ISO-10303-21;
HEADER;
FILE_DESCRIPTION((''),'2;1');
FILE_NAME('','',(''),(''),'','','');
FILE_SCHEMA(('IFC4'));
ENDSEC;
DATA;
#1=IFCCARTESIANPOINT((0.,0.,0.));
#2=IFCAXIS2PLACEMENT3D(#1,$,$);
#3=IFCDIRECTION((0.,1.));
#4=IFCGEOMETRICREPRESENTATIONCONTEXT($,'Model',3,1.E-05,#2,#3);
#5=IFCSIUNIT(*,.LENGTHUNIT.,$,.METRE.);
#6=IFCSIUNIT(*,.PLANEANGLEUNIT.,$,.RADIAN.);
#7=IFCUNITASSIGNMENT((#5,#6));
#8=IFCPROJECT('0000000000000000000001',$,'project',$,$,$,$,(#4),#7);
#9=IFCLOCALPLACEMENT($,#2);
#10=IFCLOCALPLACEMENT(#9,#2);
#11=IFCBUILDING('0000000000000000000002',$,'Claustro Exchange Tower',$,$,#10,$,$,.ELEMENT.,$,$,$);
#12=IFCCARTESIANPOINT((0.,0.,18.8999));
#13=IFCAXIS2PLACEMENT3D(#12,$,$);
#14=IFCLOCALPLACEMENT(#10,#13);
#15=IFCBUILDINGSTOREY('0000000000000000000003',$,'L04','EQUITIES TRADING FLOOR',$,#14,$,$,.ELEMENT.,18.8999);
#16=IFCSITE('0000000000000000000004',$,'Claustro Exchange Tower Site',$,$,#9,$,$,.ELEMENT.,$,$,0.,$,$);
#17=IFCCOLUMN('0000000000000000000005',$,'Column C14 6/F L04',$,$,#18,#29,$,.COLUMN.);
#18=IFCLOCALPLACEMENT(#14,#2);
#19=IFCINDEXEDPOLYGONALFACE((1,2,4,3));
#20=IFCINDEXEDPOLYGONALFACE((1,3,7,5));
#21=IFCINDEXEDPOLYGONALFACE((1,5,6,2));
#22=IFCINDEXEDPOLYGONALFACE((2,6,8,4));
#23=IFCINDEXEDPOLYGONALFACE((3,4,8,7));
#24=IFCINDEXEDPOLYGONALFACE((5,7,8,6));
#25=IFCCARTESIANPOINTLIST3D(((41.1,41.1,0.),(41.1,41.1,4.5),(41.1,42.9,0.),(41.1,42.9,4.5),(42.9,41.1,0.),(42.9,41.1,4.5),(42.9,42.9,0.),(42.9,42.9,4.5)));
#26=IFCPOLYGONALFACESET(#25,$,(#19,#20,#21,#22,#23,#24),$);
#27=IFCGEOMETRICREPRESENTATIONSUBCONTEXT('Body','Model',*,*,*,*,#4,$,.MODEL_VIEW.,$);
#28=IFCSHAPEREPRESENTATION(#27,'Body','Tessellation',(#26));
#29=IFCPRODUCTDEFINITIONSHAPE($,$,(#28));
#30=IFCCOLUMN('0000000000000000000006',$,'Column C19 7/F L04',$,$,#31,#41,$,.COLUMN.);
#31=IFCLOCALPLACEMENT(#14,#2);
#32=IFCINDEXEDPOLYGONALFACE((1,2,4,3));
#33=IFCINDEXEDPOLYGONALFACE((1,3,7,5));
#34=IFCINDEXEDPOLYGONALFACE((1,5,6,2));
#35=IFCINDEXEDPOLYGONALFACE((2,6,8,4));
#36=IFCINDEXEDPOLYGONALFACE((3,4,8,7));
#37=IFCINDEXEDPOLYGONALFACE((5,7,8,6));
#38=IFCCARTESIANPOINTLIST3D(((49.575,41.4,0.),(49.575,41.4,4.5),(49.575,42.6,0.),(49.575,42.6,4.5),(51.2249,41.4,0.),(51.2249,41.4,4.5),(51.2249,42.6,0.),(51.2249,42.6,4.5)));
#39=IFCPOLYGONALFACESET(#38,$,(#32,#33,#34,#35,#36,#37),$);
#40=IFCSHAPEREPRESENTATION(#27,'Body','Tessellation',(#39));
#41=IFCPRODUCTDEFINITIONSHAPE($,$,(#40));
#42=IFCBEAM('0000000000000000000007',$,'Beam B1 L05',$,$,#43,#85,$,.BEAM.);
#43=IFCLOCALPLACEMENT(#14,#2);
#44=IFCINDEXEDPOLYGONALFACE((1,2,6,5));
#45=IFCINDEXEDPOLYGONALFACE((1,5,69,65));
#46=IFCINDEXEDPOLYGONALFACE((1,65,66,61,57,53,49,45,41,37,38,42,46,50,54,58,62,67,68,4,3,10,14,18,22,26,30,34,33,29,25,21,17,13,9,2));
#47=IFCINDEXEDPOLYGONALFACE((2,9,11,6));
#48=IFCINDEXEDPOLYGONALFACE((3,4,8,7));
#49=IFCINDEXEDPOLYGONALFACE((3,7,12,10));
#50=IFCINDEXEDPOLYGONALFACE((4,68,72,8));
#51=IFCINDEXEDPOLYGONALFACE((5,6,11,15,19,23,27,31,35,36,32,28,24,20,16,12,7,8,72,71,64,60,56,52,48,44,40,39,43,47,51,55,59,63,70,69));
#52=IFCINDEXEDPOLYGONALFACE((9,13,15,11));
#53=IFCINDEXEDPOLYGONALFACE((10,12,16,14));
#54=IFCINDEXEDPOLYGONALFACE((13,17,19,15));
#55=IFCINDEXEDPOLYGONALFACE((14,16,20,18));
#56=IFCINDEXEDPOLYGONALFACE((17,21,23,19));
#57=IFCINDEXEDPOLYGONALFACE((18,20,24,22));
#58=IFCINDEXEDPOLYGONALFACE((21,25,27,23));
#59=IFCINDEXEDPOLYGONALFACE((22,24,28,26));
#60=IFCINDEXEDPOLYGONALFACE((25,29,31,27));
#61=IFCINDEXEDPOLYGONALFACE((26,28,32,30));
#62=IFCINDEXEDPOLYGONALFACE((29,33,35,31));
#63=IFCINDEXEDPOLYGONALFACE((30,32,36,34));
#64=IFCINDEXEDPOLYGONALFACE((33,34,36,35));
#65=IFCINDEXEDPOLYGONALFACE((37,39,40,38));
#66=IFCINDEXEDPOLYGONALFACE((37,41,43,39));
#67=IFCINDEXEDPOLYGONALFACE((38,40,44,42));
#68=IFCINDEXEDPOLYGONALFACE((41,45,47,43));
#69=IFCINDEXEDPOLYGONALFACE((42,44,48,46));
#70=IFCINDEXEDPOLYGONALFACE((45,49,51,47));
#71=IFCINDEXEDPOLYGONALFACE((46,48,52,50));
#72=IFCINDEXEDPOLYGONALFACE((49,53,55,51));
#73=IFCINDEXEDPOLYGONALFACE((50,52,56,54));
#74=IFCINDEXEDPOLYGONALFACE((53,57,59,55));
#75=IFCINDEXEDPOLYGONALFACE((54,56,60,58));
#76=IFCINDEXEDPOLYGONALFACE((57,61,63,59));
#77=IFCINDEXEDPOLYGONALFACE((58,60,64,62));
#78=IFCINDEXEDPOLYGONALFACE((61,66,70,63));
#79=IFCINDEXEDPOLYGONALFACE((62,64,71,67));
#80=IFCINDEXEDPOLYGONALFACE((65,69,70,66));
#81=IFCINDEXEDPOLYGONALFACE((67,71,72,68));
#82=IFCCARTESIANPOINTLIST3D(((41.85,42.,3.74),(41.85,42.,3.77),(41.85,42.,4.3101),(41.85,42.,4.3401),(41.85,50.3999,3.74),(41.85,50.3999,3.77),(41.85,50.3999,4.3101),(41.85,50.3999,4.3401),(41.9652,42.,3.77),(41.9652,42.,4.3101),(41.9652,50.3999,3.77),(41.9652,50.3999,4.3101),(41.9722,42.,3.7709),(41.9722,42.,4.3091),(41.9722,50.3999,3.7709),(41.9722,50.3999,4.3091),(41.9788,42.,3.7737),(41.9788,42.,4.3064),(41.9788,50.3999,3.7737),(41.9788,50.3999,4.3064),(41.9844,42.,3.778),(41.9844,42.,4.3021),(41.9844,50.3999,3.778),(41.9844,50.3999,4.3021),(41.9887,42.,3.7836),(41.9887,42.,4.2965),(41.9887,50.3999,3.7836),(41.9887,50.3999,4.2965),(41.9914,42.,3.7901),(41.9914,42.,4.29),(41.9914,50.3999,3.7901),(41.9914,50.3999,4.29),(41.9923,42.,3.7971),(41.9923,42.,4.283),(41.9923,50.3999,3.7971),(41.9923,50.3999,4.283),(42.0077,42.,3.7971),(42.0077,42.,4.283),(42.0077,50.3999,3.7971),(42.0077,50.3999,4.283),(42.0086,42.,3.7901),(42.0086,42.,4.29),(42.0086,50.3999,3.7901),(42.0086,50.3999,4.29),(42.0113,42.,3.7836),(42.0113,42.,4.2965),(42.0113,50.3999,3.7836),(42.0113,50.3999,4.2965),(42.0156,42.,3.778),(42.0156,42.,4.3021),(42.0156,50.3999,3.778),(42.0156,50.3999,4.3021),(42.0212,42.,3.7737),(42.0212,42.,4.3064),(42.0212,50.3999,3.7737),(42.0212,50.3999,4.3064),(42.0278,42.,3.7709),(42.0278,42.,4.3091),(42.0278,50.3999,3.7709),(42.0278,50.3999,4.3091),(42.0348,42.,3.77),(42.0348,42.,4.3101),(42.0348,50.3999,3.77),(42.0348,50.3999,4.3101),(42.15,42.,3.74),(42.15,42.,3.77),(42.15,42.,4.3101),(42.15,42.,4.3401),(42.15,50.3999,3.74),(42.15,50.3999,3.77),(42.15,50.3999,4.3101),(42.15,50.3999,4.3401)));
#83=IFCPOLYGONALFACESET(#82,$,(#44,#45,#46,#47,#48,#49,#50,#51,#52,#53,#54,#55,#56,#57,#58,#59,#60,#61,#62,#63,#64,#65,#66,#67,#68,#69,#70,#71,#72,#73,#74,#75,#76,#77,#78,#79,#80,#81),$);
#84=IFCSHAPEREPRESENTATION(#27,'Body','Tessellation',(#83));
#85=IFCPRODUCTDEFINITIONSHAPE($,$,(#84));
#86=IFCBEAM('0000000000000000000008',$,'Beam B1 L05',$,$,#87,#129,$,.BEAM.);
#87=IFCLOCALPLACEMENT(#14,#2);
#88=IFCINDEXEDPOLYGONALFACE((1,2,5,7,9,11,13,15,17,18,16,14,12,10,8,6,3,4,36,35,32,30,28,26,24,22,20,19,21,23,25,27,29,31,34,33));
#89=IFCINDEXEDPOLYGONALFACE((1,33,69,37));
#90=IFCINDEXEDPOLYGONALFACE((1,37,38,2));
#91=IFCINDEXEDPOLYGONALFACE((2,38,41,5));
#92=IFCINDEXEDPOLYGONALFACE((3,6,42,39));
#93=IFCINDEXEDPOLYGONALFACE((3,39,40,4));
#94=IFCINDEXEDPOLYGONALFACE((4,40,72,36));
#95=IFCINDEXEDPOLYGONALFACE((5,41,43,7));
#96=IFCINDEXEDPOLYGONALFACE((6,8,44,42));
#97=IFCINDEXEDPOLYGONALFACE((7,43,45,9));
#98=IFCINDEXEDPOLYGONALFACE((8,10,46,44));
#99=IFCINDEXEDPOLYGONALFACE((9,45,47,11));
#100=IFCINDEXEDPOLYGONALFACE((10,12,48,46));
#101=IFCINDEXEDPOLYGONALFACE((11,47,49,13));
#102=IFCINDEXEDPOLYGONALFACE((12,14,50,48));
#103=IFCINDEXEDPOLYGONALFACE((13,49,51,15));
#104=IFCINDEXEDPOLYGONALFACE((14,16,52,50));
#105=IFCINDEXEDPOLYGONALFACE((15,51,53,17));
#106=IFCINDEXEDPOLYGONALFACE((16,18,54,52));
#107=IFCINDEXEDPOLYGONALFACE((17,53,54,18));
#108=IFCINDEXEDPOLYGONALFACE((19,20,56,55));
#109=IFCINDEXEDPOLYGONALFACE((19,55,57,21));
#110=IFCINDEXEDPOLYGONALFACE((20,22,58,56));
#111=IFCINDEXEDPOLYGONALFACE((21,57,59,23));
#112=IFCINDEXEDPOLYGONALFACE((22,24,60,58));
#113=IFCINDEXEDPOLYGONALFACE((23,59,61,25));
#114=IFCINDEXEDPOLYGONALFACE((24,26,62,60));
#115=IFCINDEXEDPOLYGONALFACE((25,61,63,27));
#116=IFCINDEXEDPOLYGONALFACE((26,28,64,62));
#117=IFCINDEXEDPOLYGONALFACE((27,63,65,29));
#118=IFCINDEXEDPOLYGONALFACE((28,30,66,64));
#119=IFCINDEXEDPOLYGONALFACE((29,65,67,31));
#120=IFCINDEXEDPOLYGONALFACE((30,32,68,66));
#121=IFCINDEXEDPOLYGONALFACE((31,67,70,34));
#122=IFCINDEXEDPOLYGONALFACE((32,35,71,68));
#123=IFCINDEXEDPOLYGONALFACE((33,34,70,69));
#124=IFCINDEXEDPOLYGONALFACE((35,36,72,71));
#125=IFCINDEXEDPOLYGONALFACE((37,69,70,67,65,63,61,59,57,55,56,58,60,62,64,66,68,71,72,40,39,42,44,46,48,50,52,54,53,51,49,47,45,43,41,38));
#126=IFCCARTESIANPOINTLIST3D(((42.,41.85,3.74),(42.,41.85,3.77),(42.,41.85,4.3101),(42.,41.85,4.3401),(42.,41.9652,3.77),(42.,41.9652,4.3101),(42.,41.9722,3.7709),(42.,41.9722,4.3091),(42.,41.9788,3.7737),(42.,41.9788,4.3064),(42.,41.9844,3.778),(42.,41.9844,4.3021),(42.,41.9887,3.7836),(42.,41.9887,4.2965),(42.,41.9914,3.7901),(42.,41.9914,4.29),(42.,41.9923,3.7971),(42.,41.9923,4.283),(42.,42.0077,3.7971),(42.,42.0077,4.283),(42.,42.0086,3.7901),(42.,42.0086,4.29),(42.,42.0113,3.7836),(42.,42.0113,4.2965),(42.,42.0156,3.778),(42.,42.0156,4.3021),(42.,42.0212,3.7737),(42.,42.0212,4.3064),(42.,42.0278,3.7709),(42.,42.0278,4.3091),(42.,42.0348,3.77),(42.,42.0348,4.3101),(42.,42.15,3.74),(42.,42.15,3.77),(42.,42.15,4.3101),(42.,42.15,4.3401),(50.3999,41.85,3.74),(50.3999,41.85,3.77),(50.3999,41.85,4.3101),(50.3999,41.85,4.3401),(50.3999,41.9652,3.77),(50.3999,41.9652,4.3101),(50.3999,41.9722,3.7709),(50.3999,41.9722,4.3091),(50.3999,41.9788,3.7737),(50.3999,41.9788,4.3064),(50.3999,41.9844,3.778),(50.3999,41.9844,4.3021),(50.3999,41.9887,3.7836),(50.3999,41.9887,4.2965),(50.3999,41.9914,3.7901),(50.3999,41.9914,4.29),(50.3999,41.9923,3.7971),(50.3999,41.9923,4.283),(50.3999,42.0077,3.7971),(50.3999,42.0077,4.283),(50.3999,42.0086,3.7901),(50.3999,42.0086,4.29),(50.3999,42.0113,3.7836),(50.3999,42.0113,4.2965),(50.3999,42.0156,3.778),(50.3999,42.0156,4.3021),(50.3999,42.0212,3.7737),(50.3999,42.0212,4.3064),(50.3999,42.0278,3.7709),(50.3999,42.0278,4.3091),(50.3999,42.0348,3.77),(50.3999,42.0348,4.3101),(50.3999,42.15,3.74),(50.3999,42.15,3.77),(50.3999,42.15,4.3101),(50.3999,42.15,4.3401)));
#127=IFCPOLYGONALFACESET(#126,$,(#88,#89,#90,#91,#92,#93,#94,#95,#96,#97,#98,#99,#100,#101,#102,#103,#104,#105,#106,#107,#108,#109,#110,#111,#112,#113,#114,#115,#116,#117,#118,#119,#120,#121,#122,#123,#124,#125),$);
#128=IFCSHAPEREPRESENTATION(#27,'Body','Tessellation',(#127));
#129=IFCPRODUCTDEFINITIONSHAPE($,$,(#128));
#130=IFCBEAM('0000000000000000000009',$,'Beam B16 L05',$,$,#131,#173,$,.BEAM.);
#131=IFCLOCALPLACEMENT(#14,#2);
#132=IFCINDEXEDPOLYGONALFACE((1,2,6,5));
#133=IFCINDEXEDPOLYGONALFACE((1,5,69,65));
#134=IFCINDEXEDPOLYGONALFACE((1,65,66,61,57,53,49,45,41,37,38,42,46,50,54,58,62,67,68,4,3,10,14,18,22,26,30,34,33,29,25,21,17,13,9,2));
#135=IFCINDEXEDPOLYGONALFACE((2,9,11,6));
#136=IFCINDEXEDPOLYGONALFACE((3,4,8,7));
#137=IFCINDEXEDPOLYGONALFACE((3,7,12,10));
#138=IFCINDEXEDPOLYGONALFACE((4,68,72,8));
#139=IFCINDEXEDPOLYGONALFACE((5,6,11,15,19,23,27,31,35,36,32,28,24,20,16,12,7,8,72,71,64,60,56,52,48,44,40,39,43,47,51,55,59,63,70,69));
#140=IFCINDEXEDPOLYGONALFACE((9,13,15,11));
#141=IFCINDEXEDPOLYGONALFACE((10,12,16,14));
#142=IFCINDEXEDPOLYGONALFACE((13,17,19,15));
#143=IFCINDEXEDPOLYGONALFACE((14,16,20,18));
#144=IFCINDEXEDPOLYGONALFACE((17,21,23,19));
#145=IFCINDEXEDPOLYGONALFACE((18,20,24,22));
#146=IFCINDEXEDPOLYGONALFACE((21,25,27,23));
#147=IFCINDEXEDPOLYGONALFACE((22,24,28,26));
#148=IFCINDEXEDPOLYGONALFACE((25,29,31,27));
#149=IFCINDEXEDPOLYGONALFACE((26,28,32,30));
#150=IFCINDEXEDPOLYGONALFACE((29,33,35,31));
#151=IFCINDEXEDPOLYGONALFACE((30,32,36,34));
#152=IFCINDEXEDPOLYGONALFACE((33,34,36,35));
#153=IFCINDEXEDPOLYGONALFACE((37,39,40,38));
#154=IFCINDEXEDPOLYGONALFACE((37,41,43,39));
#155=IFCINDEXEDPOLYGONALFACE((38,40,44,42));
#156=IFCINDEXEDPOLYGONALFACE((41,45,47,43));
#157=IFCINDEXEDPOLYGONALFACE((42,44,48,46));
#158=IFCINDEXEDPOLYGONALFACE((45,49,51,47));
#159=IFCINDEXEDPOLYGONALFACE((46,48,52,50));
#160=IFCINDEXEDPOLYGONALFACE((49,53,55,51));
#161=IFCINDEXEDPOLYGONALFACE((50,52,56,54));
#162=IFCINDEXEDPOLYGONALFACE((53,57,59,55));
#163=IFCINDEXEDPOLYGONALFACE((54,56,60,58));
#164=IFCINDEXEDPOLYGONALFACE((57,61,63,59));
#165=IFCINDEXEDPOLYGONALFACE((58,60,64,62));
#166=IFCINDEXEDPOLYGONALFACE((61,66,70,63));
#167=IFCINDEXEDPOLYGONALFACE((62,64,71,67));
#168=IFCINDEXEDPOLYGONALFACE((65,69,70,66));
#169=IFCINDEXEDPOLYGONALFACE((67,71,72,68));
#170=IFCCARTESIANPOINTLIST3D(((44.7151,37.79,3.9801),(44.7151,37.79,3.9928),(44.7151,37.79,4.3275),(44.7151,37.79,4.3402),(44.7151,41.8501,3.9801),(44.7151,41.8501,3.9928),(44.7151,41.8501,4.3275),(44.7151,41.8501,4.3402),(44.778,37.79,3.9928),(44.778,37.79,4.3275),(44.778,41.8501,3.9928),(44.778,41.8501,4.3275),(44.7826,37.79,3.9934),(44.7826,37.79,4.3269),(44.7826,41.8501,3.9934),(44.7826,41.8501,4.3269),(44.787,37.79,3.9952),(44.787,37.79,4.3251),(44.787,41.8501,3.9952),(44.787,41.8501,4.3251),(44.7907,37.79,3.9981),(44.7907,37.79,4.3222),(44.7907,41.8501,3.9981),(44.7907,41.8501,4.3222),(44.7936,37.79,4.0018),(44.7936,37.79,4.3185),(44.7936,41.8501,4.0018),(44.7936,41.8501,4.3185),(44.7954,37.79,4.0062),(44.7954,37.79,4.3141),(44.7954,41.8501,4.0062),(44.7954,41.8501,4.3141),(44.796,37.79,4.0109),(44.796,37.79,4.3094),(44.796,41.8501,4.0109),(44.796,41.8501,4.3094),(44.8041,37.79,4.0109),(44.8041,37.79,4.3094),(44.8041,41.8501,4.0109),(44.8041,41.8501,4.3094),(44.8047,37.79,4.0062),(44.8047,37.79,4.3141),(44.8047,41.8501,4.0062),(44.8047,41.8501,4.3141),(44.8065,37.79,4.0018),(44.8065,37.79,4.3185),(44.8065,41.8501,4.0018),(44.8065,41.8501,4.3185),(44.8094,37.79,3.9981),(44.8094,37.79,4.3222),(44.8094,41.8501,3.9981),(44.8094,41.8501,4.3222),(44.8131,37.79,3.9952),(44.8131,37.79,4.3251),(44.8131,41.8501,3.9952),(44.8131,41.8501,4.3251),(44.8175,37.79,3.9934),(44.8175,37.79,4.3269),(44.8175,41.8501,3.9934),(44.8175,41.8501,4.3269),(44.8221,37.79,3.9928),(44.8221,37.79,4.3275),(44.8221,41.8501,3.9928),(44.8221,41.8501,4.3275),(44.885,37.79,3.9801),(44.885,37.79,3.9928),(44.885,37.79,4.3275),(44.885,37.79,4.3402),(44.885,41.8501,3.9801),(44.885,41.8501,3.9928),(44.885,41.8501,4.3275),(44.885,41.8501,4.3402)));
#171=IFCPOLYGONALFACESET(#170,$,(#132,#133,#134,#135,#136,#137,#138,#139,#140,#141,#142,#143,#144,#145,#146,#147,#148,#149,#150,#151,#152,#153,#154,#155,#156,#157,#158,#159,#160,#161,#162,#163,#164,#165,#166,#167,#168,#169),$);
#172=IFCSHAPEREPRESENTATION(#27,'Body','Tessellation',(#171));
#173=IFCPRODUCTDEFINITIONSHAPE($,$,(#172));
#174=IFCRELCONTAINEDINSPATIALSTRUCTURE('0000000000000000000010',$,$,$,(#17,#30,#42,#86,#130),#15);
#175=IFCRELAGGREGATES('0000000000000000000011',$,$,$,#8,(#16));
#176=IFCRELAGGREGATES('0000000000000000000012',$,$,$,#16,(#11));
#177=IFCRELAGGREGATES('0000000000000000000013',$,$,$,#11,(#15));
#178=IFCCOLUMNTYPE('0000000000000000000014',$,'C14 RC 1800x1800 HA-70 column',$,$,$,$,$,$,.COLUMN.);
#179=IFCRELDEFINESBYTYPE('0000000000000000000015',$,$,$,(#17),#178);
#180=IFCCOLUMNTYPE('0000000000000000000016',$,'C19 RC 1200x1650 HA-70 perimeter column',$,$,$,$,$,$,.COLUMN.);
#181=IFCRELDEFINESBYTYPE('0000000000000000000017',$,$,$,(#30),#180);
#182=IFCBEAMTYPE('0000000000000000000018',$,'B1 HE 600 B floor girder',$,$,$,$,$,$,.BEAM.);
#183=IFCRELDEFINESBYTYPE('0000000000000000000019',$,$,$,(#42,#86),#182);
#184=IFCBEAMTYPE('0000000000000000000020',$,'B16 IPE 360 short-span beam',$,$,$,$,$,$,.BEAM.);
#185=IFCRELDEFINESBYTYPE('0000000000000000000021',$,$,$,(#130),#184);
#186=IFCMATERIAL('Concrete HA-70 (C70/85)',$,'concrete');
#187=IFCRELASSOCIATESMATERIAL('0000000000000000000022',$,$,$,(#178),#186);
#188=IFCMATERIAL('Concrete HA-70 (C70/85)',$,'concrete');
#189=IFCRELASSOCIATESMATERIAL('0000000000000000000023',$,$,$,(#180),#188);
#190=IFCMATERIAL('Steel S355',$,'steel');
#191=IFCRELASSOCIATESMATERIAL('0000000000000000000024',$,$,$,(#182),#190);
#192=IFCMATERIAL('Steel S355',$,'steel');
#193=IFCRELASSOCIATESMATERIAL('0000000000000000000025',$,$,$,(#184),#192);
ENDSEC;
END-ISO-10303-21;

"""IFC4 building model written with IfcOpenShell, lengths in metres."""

from ifc_helpers import new_model, si_unit, direction, frame, origin, origin_2d, place, context, subcontext, project, spatial, rectangle, i_section, extrude, material, material_profile, profile_set, type_object, element, save


model = new_model("IFC4")

# Units and contexts
model_context = context("Model", 3, precision=1e-05, world=origin(), true_north=direction((0.0, 1.0)))
body_context = subcontext(model_context, "Body", "Model", "MODEL_VIEW")
ifc_project = project(units=[si_unit("LENGTHUNIT", "METRE"), si_unit("PLANEANGLEUNIT", "RADIAN")], contexts=[model_context])

# Site, building, storey
site_placement = place(None, origin())
site = spatial("IfcSite", under=ifc_project, at=site_placement, Name="Claustro Exchange Tower Site", CompositionType="ELEMENT", RefElevation=0.0)
building_placement = place(site_placement, origin())
building = spatial("IfcBuilding", under=site, at=building_placement, Name="Claustro Exchange Tower", CompositionType="ELEMENT")
storey_placement = place(building_placement, frame((0.0, 0.0, 18.8999)))
storey = spatial("IfcBuildingStorey", under=building, at=storey_placement, Name="L04", Description="EQUITIES TRADING FLOOR", CompositionType="ELEMENT", Elevation=18.8999)

# Columns
ifc_material_1 = material(Name="Concrete HA-70 (C70/85)", Category="concrete")
ifc_material_profile_1 = material_profile(ifc_material_1, rectangle(XDim=1.8, YDim=1.8, at=origin_2d()), Name="RC 1800x1800")
ifc_profile_set_1 = profile_set([ifc_material_profile_1], Name="Concrete HA-70 (C70/85)")
column_type_1 = type_object("IfcColumnType", Name="C14 RC 1800x1800 HA-70 column", PredefinedType="COLUMN", material=ifc_profile_set_1)
column_1_placement = place(storey_placement, frame((42.0, 42.0, 0.0), z_axis=(0.0, 0.0, 1.0), x_axis=(1.0, 0.0, 0.0)))
element("IfcColumn", 1, at=column_1_placement, inside=storey, type_object=column_type_1, Name="Column C14 6/F L04", PredefinedType="COLUMN", context=body_context, shape_type="SweptSolid", body=[
    extrude(rectangle(XDim=1.8, YDim=1.8, at=origin_2d()), origin(), (0.0, 0.0, 1.0), 4.5),
])
ifc_material_2 = material(Name="Concrete HA-70 (C70/85)", Category="concrete")
ifc_material_profile_2 = material_profile(ifc_material_2, rectangle(XDim=1.2, YDim=1.6499, at=origin_2d()), Name="RC 1200x1650")
ifc_profile_set_2 = profile_set([ifc_material_profile_2], Name="Concrete HA-70 (C70/85)")
column_type_2 = type_object("IfcColumnType", Name="C19 RC 1200x1650 HA-70 perimeter column", PredefinedType="COLUMN", material=ifc_profile_set_2)
column_2_placement = place(storey_placement, frame((50.3999, 42.0, 0.0), z_axis=(0.0, 0.0, 1.0), x_axis=(0.0, 1.0, 0.0)))
element("IfcColumn", 2, at=column_2_placement, inside=storey, type_object=column_type_2, Name="Column C19 7/F L04", PredefinedType="COLUMN", context=body_context, shape_type="SweptSolid", body=[
    extrude(rectangle(XDim=1.2, YDim=1.6499, at=origin_2d()), origin(), (0.0, 0.0, 1.0), 4.5),
])

# Beams
ifc_material_3 = material(Name="Steel S355", Category="steel")
ifc_material_profile_3 = material_profile(ifc_material_3, i_section(OverallWidth=0.3, OverallDepth=0.6001, WebThickness=0.0154, FlangeThickness=0.03, FilletRadius=0.0271, at=origin_2d()), Name="HE 600 B")
ifc_profile_set_3 = profile_set([ifc_material_profile_3], Name="Steel S355")
beam_type_1 = type_object("IfcBeamType", Name="B1 HE 600 B floor girder", PredefinedType="BEAM", material=ifc_profile_set_3)
for number, where, z_axis, x_axis, name in (
    (3, (42.0, 42.0, 4.04), (0.0, 1.0, 0.0), (-1.0, 0.0, 0.0), "Beam B1 L05"),
    (4, (42.0, 42.0, 4.04), (1.0, 0.0, 0.0), (0.0, 1.0, 0.0), "Beam B1 L05"),
):
    element("IfcBeam", number, at=place(storey_placement, frame(where, z_axis=z_axis, x_axis=x_axis)), inside=storey, type_object=beam_type_1, Name=name, PredefinedType="BEAM", context=body_context, shape_type="SweptSolid", body=[
        extrude(i_section(OverallWidth=0.3, OverallDepth=0.6001, WebThickness=0.0154, FlangeThickness=0.03, FilletRadius=0.0271, at=origin_2d()), origin(), (0.0, 0.0, 1.0), 8.3999),
    ])
ifc_material_4 = material(Name="Steel S355", Category="steel")
ifc_material_profile_4 = material_profile(ifc_material_4, i_section(OverallWidth=0.1699, OverallDepth=0.3601, WebThickness=0.0081, FlangeThickness=0.0127, FilletRadius=0.0181, at=origin_2d()), Name="IPE 360")
ifc_profile_set_4 = profile_set([ifc_material_profile_4], Name="Steel S355")
beam_type_2 = type_object("IfcBeamType", Name="B16 IPE 360 short-span beam", PredefinedType="BEAM", material=ifc_profile_set_4)
for number, where, z_axis, x_axis, name in (
    (5, (44.8, 37.79, 4.1602), (0.0, 1.0, 0.0), (-1.0, 0.0, 0.0), "Beam B16 L05"),
):
    element("IfcBeam", number, at=place(storey_placement, frame(where, z_axis=z_axis, x_axis=x_axis)), inside=storey, type_object=beam_type_2, Name=name, PredefinedType="BEAM", context=body_context, shape_type="SweptSolid", body=[
        extrude(i_section(OverallWidth=0.1699, OverallDepth=0.3601, WebThickness=0.0081, FlangeThickness=0.0127, FilletRadius=0.0181, at=origin_2d()), origin(), (0.0, 0.0, 1.0), 4.0601),
    ])

save(model, "model.ifc")
